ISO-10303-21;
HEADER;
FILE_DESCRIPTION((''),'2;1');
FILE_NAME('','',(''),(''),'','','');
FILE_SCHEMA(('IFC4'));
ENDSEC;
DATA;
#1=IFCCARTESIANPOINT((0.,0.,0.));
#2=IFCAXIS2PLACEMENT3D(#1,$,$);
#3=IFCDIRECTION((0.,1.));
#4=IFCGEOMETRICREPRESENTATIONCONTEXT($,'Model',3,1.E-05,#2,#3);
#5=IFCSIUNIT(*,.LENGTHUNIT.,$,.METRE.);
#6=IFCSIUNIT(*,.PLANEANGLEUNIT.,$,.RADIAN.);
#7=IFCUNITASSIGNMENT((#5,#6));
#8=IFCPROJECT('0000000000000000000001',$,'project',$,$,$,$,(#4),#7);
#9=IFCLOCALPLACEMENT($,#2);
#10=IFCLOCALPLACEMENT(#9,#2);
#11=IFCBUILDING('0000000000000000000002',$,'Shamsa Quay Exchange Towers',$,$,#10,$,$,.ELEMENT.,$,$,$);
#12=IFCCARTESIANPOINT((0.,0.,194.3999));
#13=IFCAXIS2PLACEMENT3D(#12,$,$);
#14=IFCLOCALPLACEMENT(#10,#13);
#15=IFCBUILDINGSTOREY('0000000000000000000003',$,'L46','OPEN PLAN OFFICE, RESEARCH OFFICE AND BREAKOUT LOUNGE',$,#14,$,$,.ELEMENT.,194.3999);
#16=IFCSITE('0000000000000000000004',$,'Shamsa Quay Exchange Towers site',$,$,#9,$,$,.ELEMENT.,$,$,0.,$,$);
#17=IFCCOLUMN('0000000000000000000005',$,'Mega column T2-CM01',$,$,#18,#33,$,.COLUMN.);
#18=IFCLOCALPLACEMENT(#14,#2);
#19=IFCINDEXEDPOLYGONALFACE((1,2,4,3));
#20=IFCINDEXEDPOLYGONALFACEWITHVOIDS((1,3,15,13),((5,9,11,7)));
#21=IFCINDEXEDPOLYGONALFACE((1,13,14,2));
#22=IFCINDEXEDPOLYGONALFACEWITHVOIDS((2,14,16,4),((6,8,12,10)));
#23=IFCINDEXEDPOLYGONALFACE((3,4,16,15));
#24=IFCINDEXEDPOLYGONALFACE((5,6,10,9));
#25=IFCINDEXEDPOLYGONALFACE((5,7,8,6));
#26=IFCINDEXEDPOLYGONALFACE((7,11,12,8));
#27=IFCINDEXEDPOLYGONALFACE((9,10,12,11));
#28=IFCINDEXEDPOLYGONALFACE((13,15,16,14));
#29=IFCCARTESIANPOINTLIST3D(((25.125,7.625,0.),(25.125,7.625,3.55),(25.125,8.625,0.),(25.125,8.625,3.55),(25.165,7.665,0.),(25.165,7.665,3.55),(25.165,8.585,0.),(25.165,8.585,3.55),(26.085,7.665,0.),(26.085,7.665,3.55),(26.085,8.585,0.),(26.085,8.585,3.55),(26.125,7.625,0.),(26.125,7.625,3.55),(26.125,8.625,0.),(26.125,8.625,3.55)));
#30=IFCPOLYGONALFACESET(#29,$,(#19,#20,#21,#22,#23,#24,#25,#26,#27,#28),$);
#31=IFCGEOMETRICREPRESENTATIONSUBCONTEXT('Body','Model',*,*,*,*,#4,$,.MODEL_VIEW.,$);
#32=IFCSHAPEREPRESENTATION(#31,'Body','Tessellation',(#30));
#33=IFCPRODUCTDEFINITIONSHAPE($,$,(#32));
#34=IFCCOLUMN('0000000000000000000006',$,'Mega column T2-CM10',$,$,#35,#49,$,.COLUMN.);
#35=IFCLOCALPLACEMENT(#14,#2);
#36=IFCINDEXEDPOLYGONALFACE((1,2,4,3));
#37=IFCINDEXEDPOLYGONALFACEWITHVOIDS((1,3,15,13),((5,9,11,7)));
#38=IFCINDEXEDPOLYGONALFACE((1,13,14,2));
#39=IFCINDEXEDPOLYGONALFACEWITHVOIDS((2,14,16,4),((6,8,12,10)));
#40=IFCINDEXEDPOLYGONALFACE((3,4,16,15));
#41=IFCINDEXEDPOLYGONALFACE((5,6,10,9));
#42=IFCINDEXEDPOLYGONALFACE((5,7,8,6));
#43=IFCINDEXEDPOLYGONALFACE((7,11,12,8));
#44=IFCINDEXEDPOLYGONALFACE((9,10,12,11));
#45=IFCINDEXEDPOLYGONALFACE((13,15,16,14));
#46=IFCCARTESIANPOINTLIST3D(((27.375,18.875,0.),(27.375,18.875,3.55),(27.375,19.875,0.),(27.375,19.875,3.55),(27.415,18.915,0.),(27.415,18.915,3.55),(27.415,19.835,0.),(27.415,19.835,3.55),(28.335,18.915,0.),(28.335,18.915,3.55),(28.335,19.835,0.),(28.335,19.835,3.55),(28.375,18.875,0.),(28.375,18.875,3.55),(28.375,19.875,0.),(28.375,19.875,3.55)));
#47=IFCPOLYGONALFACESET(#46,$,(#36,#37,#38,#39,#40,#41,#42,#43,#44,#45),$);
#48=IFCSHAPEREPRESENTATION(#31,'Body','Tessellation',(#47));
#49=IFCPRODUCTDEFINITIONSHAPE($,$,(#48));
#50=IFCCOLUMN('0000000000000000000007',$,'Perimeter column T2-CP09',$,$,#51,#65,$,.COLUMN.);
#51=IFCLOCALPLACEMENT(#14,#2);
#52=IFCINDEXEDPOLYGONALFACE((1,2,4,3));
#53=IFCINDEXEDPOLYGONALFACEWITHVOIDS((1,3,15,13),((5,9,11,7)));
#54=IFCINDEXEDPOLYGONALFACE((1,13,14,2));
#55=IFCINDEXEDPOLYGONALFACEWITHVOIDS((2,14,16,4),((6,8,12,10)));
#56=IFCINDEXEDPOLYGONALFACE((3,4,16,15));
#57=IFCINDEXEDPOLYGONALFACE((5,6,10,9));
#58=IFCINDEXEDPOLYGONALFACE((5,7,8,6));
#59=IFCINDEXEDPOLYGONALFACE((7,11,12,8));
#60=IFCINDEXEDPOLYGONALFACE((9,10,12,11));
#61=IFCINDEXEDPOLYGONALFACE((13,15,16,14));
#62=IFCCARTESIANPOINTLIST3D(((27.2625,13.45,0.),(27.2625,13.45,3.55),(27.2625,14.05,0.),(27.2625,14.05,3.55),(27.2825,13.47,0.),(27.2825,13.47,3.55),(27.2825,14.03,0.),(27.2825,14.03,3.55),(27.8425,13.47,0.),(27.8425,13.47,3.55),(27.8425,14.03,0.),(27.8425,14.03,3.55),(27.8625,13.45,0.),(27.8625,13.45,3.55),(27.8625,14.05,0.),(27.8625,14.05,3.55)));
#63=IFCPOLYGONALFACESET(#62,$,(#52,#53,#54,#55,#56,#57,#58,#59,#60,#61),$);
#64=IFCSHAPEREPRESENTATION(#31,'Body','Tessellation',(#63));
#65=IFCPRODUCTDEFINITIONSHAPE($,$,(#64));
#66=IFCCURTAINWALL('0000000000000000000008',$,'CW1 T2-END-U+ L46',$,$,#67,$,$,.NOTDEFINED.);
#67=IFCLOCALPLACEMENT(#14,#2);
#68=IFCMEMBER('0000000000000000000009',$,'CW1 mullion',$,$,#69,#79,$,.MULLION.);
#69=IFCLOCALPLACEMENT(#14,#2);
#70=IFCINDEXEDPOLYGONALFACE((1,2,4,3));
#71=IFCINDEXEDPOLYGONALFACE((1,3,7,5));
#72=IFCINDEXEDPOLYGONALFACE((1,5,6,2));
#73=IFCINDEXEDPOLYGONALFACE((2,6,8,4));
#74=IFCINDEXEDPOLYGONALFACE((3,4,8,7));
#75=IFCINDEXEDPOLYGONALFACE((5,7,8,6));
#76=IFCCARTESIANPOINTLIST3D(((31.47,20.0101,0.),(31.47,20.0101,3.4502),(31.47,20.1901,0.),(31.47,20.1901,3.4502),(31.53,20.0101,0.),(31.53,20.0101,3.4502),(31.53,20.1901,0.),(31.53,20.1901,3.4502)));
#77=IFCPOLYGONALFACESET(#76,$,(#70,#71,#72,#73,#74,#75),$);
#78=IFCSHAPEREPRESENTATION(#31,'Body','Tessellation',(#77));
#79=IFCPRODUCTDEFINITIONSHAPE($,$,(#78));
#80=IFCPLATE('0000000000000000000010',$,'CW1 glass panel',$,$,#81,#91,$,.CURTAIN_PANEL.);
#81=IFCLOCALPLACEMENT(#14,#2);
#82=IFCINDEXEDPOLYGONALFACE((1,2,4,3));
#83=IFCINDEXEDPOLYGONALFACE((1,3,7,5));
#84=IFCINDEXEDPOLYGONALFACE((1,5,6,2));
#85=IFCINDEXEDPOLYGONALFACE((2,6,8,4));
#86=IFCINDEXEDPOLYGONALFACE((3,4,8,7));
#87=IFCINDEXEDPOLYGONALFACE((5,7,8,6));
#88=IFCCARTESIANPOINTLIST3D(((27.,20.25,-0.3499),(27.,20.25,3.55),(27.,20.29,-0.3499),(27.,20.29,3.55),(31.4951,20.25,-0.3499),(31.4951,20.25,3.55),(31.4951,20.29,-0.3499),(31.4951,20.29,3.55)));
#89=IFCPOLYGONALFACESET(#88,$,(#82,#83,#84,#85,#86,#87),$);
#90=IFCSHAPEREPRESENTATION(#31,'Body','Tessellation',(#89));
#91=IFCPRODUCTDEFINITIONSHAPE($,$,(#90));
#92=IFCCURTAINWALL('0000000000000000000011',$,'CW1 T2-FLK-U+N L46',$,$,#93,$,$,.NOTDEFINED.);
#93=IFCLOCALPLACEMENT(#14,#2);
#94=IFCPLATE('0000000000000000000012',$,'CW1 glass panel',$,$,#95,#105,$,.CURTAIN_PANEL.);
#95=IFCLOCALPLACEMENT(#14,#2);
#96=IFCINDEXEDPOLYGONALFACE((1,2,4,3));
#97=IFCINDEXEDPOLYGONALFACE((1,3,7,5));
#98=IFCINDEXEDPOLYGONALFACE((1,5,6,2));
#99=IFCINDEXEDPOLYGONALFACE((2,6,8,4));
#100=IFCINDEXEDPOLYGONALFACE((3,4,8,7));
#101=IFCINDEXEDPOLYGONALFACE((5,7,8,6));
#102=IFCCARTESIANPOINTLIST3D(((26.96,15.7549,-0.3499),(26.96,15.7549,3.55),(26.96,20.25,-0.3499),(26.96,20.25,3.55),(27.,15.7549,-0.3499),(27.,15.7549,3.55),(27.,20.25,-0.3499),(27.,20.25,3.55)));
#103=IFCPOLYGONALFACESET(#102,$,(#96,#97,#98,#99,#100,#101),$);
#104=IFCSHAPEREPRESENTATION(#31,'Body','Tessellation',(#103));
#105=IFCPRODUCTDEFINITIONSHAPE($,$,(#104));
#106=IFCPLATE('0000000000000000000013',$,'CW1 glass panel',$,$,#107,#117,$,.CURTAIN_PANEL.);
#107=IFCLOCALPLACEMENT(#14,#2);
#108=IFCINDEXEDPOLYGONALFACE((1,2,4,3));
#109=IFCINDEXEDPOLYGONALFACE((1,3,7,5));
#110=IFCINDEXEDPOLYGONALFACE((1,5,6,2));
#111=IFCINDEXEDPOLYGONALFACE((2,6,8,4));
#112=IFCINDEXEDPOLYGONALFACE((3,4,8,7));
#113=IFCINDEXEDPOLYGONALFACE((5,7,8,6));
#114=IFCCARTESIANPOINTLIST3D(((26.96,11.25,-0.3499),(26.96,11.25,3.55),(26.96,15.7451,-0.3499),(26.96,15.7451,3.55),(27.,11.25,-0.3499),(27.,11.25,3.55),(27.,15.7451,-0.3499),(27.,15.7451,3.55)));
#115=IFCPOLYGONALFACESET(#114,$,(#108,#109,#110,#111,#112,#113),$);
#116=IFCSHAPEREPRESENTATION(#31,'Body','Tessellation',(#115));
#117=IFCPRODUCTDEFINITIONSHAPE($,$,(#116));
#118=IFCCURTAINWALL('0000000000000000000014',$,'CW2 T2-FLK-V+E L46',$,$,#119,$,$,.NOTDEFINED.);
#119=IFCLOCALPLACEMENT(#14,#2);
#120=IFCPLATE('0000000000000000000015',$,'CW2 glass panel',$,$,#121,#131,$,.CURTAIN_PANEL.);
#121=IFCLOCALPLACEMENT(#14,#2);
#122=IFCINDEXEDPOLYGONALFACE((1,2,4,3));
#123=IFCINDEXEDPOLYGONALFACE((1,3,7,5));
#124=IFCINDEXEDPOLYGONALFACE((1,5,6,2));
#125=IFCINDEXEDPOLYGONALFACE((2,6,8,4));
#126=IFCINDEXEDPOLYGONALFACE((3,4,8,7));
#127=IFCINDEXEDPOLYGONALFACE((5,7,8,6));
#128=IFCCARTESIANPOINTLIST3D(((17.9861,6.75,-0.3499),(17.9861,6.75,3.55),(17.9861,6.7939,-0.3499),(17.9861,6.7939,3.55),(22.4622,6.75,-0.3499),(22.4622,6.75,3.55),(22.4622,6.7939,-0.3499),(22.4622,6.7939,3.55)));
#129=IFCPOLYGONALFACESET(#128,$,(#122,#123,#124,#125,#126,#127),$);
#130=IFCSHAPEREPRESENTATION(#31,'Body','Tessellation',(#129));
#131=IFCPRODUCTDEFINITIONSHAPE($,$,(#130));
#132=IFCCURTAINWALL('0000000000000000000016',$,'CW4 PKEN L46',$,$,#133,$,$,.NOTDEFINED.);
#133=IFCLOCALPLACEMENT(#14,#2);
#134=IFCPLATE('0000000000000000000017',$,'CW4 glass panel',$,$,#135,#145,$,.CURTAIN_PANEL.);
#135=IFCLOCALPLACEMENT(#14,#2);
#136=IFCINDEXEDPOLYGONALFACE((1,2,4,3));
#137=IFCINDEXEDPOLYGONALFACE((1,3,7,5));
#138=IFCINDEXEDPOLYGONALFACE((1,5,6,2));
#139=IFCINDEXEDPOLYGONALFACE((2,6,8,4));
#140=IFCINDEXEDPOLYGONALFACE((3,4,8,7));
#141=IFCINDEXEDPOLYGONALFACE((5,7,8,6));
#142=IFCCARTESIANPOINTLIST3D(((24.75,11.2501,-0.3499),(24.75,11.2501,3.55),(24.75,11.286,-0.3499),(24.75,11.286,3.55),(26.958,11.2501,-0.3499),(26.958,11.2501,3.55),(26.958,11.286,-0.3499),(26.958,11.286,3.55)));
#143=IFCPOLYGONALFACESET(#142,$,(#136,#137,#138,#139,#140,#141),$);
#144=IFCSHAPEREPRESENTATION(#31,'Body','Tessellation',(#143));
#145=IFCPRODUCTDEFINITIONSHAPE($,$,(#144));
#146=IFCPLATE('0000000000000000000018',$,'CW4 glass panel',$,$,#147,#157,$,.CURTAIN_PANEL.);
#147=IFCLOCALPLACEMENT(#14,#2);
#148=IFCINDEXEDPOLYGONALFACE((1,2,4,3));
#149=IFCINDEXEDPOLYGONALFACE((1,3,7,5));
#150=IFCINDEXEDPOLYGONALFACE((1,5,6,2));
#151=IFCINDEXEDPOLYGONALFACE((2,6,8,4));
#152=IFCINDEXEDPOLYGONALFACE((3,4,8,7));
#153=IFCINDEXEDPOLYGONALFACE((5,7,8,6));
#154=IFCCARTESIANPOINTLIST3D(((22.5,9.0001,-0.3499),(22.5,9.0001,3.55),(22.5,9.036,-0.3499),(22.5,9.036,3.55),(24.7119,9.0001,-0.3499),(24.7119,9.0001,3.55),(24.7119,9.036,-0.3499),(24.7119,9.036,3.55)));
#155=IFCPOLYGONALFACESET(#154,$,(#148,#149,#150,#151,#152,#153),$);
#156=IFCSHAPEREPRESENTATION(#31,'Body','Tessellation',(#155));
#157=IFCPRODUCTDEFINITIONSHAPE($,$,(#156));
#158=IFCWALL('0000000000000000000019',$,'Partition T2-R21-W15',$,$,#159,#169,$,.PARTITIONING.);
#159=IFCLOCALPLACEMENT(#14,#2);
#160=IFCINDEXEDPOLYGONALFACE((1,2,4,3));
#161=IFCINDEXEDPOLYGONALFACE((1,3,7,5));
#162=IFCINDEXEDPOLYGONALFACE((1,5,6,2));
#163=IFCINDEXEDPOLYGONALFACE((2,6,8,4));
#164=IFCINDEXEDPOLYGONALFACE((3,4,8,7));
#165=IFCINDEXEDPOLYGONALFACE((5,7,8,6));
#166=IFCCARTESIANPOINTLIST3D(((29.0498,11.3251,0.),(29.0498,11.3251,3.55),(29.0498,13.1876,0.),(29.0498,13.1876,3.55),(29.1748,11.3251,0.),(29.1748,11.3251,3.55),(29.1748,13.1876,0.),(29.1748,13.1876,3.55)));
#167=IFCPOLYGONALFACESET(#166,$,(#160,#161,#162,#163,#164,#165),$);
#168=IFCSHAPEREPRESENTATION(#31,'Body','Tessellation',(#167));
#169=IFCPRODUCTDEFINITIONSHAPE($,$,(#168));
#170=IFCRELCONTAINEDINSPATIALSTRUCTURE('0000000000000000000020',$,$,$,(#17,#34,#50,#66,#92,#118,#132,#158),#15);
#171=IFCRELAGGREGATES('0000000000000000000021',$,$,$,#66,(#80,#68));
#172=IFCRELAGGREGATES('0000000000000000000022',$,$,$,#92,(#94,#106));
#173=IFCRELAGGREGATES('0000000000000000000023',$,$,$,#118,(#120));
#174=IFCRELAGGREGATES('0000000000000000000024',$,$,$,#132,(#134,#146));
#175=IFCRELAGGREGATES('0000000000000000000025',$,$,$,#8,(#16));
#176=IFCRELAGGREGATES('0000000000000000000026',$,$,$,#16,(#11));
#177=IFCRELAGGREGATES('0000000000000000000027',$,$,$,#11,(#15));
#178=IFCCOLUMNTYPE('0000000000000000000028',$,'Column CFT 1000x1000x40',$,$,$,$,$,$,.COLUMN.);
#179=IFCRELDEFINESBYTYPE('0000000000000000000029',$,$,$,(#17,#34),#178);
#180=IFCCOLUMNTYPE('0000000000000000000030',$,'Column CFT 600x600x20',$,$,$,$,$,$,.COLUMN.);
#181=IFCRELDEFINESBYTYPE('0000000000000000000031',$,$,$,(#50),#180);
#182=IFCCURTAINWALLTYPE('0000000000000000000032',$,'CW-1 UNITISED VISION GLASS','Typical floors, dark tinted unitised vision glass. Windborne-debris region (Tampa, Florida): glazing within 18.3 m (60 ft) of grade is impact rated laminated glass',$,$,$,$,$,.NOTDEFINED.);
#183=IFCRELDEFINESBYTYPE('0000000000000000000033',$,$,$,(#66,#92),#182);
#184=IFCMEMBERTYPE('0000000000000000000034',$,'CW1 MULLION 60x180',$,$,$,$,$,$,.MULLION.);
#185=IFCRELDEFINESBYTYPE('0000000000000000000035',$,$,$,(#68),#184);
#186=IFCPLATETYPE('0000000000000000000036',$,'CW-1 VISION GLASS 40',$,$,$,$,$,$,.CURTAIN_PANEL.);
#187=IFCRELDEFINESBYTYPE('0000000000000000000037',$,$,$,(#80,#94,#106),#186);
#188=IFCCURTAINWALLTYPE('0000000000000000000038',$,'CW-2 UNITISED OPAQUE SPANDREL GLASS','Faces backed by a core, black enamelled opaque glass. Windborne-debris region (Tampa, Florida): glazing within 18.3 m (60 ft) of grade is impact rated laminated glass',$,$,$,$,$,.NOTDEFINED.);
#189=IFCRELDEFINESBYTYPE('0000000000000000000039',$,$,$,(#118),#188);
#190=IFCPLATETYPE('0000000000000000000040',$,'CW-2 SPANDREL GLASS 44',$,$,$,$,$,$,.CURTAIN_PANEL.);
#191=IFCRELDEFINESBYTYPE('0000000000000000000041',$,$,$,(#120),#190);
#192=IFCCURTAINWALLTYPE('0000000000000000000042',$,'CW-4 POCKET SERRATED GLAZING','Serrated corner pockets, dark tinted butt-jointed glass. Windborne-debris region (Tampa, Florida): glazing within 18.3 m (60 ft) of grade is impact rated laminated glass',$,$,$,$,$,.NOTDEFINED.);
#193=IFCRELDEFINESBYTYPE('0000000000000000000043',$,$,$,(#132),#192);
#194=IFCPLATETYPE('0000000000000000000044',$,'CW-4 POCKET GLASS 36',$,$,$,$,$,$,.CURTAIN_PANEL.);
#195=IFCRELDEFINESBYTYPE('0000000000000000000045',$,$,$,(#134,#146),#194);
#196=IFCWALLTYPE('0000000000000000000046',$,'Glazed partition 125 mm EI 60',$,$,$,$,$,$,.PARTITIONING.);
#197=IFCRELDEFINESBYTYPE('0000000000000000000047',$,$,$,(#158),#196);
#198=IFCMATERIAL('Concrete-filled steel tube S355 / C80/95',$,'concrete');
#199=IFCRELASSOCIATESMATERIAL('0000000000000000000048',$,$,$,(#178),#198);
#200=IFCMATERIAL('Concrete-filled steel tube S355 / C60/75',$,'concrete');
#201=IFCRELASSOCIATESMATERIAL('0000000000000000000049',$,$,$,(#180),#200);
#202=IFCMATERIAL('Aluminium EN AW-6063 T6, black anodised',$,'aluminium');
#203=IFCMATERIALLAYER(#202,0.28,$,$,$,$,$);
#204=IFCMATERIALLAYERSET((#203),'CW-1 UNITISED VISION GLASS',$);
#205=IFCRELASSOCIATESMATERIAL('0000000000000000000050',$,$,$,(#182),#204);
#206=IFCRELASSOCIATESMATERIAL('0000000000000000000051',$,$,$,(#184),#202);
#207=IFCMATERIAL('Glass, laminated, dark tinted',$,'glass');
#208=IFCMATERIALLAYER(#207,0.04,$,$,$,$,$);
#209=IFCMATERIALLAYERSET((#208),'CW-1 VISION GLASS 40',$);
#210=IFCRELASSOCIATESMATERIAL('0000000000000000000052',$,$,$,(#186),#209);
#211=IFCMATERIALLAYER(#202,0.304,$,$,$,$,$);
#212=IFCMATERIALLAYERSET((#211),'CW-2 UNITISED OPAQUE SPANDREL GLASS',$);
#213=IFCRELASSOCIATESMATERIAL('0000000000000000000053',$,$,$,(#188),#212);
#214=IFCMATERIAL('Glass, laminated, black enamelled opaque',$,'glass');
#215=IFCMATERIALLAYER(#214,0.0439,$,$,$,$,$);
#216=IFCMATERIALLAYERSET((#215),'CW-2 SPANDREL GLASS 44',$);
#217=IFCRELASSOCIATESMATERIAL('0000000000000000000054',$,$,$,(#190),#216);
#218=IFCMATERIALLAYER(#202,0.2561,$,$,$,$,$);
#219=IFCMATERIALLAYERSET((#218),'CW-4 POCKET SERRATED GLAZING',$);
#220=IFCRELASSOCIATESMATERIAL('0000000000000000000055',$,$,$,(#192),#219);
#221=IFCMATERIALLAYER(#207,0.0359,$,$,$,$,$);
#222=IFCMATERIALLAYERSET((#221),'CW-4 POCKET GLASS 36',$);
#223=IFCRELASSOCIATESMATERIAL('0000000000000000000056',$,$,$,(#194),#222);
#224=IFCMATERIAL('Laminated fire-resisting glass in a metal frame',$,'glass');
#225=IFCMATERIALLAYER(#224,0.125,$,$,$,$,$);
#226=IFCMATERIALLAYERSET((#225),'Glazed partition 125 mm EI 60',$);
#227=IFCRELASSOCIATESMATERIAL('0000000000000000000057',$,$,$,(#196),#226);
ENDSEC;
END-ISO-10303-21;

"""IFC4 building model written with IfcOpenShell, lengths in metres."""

from ifc_helpers import new_model, si_unit, direction, frame, frame_2d, origin, origin_2d, place, context, subcontext, project, spatial, rectangle, hollow_rectangle, extrude, material, layer, layer_set, material_profile, profile_set, type_object, element, aggregate, save


model = new_model("IFC4")

# Units and contexts
model_context = context("Model", 3, precision=1e-05, world=origin(), true_north=direction((0.0, 1.0)))
body_context = subcontext(model_context, "Body", "Model", "MODEL_VIEW")
ifc_project = project(units=[si_unit("LENGTHUNIT", "METRE"), si_unit("PLANEANGLEUNIT", "RADIAN")], contexts=[model_context])

# Site, building, storey
site_placement = place(None, origin())
site = spatial("IfcSite", under=ifc_project, at=site_placement, Name="Shamsa Quay Exchange Towers site", CompositionType="ELEMENT", RefElevation=0.0)
building_placement = place(site_placement, origin())
building = spatial("IfcBuilding", under=site, at=building_placement, Name="Shamsa Quay Exchange Towers", CompositionType="ELEMENT")
storey_placement = place(building_placement, frame((0.0, 0.0, 194.3999)))
storey = spatial("IfcBuildingStorey", under=building, at=storey_placement, Name="L46", Description="OPEN PLAN OFFICE, RESEARCH OFFICE AND BREAKOUT LOUNGE", CompositionType="ELEMENT", Elevation=194.3999)

# Columns
ifc_material_1 = material(Name="Concrete-filled steel tube S355 / C80/95", Category="concrete")
ifc_material_profile_1 = material_profile(ifc_material_1, hollow_rectangle(XDim=1.0, YDim=1.0, WallThickness=0.04, at=origin_2d()), Name="CFT 1000x1000x40")
ifc_profile_set_1 = profile_set([ifc_material_profile_1], Name="Concrete-filled steel tube S355 / C80/95")
column_type_1 = type_object("IfcColumnType", Name="Column CFT 1000x1000x40", PredefinedType="COLUMN", material=ifc_profile_set_1)
for number, where, name in (
    (1, (25.625, 8.125, 0.0), "Mega column T2-CM01"),
    (2, (27.875, 19.375, 0.0), "Mega column T2-CM10"),
):
    element("IfcColumn", number, at=place(storey_placement, frame(where)), inside=storey, type_object=column_type_1, Name=name, PredefinedType="COLUMN", context=body_context, shape_type="SweptSolid", body=[
        extrude(hollow_rectangle(XDim=1.0, YDim=1.0, WallThickness=0.04, at=origin_2d()), origin(), (0.0, 0.0, 1.0), 3.55),
    ])
ifc_material_2 = material(Name="Concrete-filled steel tube S355 / C60/75", Category="concrete")
ifc_material_profile_2 = material_profile(ifc_material_2, hollow_rectangle(XDim=0.6001, YDim=0.6001, WallThickness=0.02, at=origin_2d()), Name="CFT 600x600x20")
ifc_profile_set_2 = profile_set([ifc_material_profile_2], Name="Concrete-filled steel tube S355 / C60/75")
column_type_2 = type_object("IfcColumnType", Name="Column CFT 600x600x20", PredefinedType="COLUMN", material=ifc_profile_set_2)
column_placement = place(storey_placement, frame((27.5625, 13.75, 0.0)))
element("IfcColumn", 3, at=column_placement, inside=storey, type_object=column_type_2, Name="Perimeter column T2-CP09", PredefinedType="COLUMN", context=body_context, shape_type="SweptSolid", body=[
    extrude(hollow_rectangle(XDim=0.6001, YDim=0.6001, WallThickness=0.02, at=origin_2d()), origin(), (0.0, 0.0, 1.0), 3.55),
])

# Curtain wall, member, plate
ifc_material_3 = material(Name="Aluminium EN AW-6063 T6, black anodised", Category="aluminium")
ifc_layer_1 = layer(ifc_material_3, 0.28)
ifc_layer_set_1 = layer_set([ifc_layer_1], Name="CW-1 UNITISED VISION GLASS")
curtain_wall_type_1 = type_object("IfcCurtainWallType", Name="CW-1 UNITISED VISION GLASS", Description="Typical floors, dark tinted unitised vision glass. Windborne-debris region (Tampa, Florida): glazing within 18.3 m (60 ft) of grade is impact rated laminated glass", PredefinedType="NOTDEFINED", material=ifc_layer_set_1)
curtain_wall_1_placement = place(storey_placement, origin())
curtain_wall_1 = element("IfcCurtainWall", 4, at=curtain_wall_1_placement, inside=storey, type_object=curtain_wall_type_1, Name="CW1 T2-END-U+ L46", PredefinedType="NOTDEFINED")
ifc_material_profile_3 = material_profile(ifc_material_3, rectangle(XDim=0.1799, YDim=0.0601, at=origin_2d()), Name="MU60x180")
ifc_profile_set_3 = profile_set([ifc_material_profile_3], Name="Aluminium EN AW-6063 T6, black anodised")
member_type = type_object("IfcMemberType", Name="CW1 MULLION 60x180", PredefinedType="MULLION", material=ifc_profile_set_3)
member_placement = place(storey_placement, frame((31.5, 20.1001, 0.0), z_axis=(0.0, 0.0, 1.0), x_axis=(0.0, -1.0, 0.0)))
member = element("IfcMember", 5, at=member_placement, type_object=member_type, Name="CW1 mullion", PredefinedType="MULLION", context=body_context, shape_type="SweptSolid", body=[
    extrude(rectangle(XDim=0.1799, YDim=0.0601, at=origin_2d()), origin(), (0.0, 0.0, 1.0), 3.4502),
])
ifc_material_4 = material(Name="Glass, laminated, dark tinted", Category="glass")
ifc_layer_2 = layer(ifc_material_4, 0.04)
ifc_layer_set_2 = layer_set([ifc_layer_2], Name="CW-1 VISION GLASS 40")
plate_type_1 = type_object("IfcPlateType", Name="CW-1 VISION GLASS 40", PredefinedType="CURTAIN_PANEL", material=ifc_layer_set_2)
plate_1_placement = place(storey_placement, frame((29.2476, 20.27, -0.3499), z_axis=(0.0, 0.0, 1.0), x_axis=(-1.0, 0.0, 0.0)))
plate_1 = element("IfcPlate", 6, at=plate_1_placement, type_object=plate_type_1, Name="CW1 glass panel", PredefinedType="CURTAIN_PANEL", context=body_context, shape_type="SweptSolid", body=[
    extrude(rectangle(XDim=4.4951, YDim=0.04, at=origin_2d()), origin(), (0.0, 0.0, 1.0), 3.8999),
])
aggregate(curtain_wall_1, [plate_1, member])

# Curtain wall, plates
curtain_wall_2_placement = place(storey_placement, origin())
curtain_wall_2 = element("IfcCurtainWall", 7, at=curtain_wall_2_placement, inside=storey, type_object=curtain_wall_type_1, Name="CW1 T2-FLK-U+N L46", PredefinedType="NOTDEFINED")
plate_2_placement = place(storey_placement, frame((26.98, 18.0024, -0.3499), z_axis=(0.0, 0.0, 1.0), x_axis=(0.0, -1.0, 0.0)))
plate_2 = element("IfcPlate", 8, at=plate_2_placement, type_object=plate_type_1, Name="CW1 glass panel", PredefinedType="CURTAIN_PANEL", context=body_context, shape_type="SweptSolid", body=[
    extrude(rectangle(XDim=4.4951, YDim=0.04, at=origin_2d()), origin(), (0.0, 0.0, 1.0), 3.8999),
])
plate_3_placement = place(storey_placement, frame((26.98, 13.4976, -0.3499), z_axis=(0.0, 0.0, 1.0), x_axis=(0.0, -1.0, 0.0)))
plate_3 = element("IfcPlate", 9, at=plate_3_placement, type_object=plate_type_1, Name="CW1 glass panel", PredefinedType="CURTAIN_PANEL", context=body_context, shape_type="SweptSolid", body=[
    extrude(rectangle(XDim=4.4951, YDim=0.04, at=origin_2d()), origin(), (0.0, 0.0, 1.0), 3.8999),
])
aggregate(curtain_wall_2, [plate_2, plate_3])

# Curtain wall, plate
ifc_layer_3 = layer(ifc_material_3, 0.304)
ifc_layer_set_3 = layer_set([ifc_layer_3], Name="CW-2 UNITISED OPAQUE SPANDREL GLASS")
curtain_wall_type_2 = type_object("IfcCurtainWallType", Name="CW-2 UNITISED OPAQUE SPANDREL GLASS", Description="Faces backed by a core, black enamelled opaque glass. Windborne-debris region (Tampa, Florida): glazing within 18.3 m (60 ft) of grade is impact rated laminated glass", PredefinedType="NOTDEFINED", material=ifc_layer_set_3)
curtain_wall_3_placement = place(storey_placement, origin())
curtain_wall_3 = element("IfcCurtainWall", 10, at=curtain_wall_3_placement, inside=storey, type_object=curtain_wall_type_2, Name="CW2 T2-FLK-V+E L46", PredefinedType="NOTDEFINED")
ifc_material_5 = material(Name="Glass, laminated, black enamelled opaque", Category="glass")
ifc_layer_4 = layer(ifc_material_5, 0.0439)
ifc_layer_set_4 = layer_set([ifc_layer_4], Name="CW-2 SPANDREL GLASS 44")
plate_type_2 = type_object("IfcPlateType", Name="CW-2 SPANDREL GLASS 44", PredefinedType="CURTAIN_PANEL", material=ifc_layer_set_4)
plate_4_placement = place(storey_placement, frame((20.2241, 6.772, -0.3499), z_axis=(0.0, 0.0, 1.0), x_axis=(-1.0, 0.0, 0.0)))
plate_4 = element("IfcPlate", 11, at=plate_4_placement, type_object=plate_type_2, Name="CW2 glass panel", PredefinedType="CURTAIN_PANEL", context=body_context, shape_type="SweptSolid", body=[
    extrude(rectangle(XDim=4.4761, YDim=0.0439, at=origin_2d()), origin(), (0.0, 0.0, 1.0), 3.8999),
])
aggregate(curtain_wall_3, [plate_4])

# Curtain wall, plates
ifc_layer_5 = layer(ifc_material_3, 0.2561)
ifc_layer_set_5 = layer_set([ifc_layer_5], Name="CW-4 POCKET SERRATED GLAZING")
curtain_wall_type_3 = type_object("IfcCurtainWallType", Name="CW-4 POCKET SERRATED GLAZING", Description="Serrated corner pockets, dark tinted butt-jointed glass. Windborne-debris region (Tampa, Florida): glazing within 18.3 m (60 ft) of grade is impact rated laminated glass", PredefinedType="NOTDEFINED", material=ifc_layer_set_5)
curtain_wall_4_placement = place(storey_placement, origin())
curtain_wall_4 = element("IfcCurtainWall", 12, at=curtain_wall_4_placement, inside=storey, type_object=curtain_wall_type_3, Name="CW4 PKEN L46", PredefinedType="NOTDEFINED")
ifc_layer_6 = layer(ifc_material_4, 0.0359)
ifc_layer_set_6 = layer_set([ifc_layer_6], Name="CW-4 POCKET GLASS 36")
plate_type_3 = type_object("IfcPlateType", Name="CW-4 POCKET GLASS 36", PredefinedType="CURTAIN_PANEL", material=ifc_layer_set_6)
plate_5_placement = place(storey_placement, frame((25.854, 11.2681, -0.3499), z_axis=(0.0, 0.0, 1.0), x_axis=(-1.0, 0.0, 0.0)))
plate_5 = element("IfcPlate", 13, at=plate_5_placement, type_object=plate_type_3, Name="CW4 glass panel", PredefinedType="CURTAIN_PANEL", context=body_context, shape_type="SweptSolid", body=[
    extrude(rectangle(XDim=2.208, YDim=0.0359, at=origin_2d()), origin(), (0.0, 0.0, 1.0), 3.8999),
])
plate_6_placement = place(storey_placement, frame((23.606, 9.0181, -0.3499), z_axis=(0.0, 0.0, 1.0), x_axis=(-1.0, 0.0, 0.0)))
plate_6 = element("IfcPlate", 14, at=plate_6_placement, type_object=plate_type_3, Name="CW4 glass panel", PredefinedType="CURTAIN_PANEL", context=body_context, shape_type="SweptSolid", body=[
    extrude(rectangle(XDim=2.2119, YDim=0.0359, at=origin_2d()), origin(), (0.0, 0.0, 1.0), 3.8999),
])
aggregate(curtain_wall_4, [plate_5, plate_6])

# Wall
ifc_material_6 = material(Name="Laminated fire-resisting glass in a metal frame", Category="glass")
ifc_layer_7 = layer(ifc_material_6, 0.125)
ifc_layer_set_7 = layer_set([ifc_layer_7], Name="Glazed partition 125 mm EI 60")
wall_type_1 = type_object("IfcWallType", Name="Glazed partition 125 mm EI 60", PredefinedType="PARTITIONING", material=ifc_layer_set_7)
wall_1_placement = place(storey_placement, frame((29.1123, 13.1875, 0.0), z_axis=(0.0, 0.0, 1.0), x_axis=(0.0, -1.0, 0.0)))
element("IfcWall", 15, at=wall_1_placement, inside=storey, type_object=wall_type_1, Name="Partition T2-R21-W15", PredefinedType="PARTITIONING", context=body_context, shape_type="SweptSolid", body=[
    extrude(rectangle(XDim=1.8625, YDim=0.125, at=frame_2d((0.9312, 0.0))), origin(), (0.0, 0.0, 1.0), 3.55),
])

save(model, "model.ifc")
